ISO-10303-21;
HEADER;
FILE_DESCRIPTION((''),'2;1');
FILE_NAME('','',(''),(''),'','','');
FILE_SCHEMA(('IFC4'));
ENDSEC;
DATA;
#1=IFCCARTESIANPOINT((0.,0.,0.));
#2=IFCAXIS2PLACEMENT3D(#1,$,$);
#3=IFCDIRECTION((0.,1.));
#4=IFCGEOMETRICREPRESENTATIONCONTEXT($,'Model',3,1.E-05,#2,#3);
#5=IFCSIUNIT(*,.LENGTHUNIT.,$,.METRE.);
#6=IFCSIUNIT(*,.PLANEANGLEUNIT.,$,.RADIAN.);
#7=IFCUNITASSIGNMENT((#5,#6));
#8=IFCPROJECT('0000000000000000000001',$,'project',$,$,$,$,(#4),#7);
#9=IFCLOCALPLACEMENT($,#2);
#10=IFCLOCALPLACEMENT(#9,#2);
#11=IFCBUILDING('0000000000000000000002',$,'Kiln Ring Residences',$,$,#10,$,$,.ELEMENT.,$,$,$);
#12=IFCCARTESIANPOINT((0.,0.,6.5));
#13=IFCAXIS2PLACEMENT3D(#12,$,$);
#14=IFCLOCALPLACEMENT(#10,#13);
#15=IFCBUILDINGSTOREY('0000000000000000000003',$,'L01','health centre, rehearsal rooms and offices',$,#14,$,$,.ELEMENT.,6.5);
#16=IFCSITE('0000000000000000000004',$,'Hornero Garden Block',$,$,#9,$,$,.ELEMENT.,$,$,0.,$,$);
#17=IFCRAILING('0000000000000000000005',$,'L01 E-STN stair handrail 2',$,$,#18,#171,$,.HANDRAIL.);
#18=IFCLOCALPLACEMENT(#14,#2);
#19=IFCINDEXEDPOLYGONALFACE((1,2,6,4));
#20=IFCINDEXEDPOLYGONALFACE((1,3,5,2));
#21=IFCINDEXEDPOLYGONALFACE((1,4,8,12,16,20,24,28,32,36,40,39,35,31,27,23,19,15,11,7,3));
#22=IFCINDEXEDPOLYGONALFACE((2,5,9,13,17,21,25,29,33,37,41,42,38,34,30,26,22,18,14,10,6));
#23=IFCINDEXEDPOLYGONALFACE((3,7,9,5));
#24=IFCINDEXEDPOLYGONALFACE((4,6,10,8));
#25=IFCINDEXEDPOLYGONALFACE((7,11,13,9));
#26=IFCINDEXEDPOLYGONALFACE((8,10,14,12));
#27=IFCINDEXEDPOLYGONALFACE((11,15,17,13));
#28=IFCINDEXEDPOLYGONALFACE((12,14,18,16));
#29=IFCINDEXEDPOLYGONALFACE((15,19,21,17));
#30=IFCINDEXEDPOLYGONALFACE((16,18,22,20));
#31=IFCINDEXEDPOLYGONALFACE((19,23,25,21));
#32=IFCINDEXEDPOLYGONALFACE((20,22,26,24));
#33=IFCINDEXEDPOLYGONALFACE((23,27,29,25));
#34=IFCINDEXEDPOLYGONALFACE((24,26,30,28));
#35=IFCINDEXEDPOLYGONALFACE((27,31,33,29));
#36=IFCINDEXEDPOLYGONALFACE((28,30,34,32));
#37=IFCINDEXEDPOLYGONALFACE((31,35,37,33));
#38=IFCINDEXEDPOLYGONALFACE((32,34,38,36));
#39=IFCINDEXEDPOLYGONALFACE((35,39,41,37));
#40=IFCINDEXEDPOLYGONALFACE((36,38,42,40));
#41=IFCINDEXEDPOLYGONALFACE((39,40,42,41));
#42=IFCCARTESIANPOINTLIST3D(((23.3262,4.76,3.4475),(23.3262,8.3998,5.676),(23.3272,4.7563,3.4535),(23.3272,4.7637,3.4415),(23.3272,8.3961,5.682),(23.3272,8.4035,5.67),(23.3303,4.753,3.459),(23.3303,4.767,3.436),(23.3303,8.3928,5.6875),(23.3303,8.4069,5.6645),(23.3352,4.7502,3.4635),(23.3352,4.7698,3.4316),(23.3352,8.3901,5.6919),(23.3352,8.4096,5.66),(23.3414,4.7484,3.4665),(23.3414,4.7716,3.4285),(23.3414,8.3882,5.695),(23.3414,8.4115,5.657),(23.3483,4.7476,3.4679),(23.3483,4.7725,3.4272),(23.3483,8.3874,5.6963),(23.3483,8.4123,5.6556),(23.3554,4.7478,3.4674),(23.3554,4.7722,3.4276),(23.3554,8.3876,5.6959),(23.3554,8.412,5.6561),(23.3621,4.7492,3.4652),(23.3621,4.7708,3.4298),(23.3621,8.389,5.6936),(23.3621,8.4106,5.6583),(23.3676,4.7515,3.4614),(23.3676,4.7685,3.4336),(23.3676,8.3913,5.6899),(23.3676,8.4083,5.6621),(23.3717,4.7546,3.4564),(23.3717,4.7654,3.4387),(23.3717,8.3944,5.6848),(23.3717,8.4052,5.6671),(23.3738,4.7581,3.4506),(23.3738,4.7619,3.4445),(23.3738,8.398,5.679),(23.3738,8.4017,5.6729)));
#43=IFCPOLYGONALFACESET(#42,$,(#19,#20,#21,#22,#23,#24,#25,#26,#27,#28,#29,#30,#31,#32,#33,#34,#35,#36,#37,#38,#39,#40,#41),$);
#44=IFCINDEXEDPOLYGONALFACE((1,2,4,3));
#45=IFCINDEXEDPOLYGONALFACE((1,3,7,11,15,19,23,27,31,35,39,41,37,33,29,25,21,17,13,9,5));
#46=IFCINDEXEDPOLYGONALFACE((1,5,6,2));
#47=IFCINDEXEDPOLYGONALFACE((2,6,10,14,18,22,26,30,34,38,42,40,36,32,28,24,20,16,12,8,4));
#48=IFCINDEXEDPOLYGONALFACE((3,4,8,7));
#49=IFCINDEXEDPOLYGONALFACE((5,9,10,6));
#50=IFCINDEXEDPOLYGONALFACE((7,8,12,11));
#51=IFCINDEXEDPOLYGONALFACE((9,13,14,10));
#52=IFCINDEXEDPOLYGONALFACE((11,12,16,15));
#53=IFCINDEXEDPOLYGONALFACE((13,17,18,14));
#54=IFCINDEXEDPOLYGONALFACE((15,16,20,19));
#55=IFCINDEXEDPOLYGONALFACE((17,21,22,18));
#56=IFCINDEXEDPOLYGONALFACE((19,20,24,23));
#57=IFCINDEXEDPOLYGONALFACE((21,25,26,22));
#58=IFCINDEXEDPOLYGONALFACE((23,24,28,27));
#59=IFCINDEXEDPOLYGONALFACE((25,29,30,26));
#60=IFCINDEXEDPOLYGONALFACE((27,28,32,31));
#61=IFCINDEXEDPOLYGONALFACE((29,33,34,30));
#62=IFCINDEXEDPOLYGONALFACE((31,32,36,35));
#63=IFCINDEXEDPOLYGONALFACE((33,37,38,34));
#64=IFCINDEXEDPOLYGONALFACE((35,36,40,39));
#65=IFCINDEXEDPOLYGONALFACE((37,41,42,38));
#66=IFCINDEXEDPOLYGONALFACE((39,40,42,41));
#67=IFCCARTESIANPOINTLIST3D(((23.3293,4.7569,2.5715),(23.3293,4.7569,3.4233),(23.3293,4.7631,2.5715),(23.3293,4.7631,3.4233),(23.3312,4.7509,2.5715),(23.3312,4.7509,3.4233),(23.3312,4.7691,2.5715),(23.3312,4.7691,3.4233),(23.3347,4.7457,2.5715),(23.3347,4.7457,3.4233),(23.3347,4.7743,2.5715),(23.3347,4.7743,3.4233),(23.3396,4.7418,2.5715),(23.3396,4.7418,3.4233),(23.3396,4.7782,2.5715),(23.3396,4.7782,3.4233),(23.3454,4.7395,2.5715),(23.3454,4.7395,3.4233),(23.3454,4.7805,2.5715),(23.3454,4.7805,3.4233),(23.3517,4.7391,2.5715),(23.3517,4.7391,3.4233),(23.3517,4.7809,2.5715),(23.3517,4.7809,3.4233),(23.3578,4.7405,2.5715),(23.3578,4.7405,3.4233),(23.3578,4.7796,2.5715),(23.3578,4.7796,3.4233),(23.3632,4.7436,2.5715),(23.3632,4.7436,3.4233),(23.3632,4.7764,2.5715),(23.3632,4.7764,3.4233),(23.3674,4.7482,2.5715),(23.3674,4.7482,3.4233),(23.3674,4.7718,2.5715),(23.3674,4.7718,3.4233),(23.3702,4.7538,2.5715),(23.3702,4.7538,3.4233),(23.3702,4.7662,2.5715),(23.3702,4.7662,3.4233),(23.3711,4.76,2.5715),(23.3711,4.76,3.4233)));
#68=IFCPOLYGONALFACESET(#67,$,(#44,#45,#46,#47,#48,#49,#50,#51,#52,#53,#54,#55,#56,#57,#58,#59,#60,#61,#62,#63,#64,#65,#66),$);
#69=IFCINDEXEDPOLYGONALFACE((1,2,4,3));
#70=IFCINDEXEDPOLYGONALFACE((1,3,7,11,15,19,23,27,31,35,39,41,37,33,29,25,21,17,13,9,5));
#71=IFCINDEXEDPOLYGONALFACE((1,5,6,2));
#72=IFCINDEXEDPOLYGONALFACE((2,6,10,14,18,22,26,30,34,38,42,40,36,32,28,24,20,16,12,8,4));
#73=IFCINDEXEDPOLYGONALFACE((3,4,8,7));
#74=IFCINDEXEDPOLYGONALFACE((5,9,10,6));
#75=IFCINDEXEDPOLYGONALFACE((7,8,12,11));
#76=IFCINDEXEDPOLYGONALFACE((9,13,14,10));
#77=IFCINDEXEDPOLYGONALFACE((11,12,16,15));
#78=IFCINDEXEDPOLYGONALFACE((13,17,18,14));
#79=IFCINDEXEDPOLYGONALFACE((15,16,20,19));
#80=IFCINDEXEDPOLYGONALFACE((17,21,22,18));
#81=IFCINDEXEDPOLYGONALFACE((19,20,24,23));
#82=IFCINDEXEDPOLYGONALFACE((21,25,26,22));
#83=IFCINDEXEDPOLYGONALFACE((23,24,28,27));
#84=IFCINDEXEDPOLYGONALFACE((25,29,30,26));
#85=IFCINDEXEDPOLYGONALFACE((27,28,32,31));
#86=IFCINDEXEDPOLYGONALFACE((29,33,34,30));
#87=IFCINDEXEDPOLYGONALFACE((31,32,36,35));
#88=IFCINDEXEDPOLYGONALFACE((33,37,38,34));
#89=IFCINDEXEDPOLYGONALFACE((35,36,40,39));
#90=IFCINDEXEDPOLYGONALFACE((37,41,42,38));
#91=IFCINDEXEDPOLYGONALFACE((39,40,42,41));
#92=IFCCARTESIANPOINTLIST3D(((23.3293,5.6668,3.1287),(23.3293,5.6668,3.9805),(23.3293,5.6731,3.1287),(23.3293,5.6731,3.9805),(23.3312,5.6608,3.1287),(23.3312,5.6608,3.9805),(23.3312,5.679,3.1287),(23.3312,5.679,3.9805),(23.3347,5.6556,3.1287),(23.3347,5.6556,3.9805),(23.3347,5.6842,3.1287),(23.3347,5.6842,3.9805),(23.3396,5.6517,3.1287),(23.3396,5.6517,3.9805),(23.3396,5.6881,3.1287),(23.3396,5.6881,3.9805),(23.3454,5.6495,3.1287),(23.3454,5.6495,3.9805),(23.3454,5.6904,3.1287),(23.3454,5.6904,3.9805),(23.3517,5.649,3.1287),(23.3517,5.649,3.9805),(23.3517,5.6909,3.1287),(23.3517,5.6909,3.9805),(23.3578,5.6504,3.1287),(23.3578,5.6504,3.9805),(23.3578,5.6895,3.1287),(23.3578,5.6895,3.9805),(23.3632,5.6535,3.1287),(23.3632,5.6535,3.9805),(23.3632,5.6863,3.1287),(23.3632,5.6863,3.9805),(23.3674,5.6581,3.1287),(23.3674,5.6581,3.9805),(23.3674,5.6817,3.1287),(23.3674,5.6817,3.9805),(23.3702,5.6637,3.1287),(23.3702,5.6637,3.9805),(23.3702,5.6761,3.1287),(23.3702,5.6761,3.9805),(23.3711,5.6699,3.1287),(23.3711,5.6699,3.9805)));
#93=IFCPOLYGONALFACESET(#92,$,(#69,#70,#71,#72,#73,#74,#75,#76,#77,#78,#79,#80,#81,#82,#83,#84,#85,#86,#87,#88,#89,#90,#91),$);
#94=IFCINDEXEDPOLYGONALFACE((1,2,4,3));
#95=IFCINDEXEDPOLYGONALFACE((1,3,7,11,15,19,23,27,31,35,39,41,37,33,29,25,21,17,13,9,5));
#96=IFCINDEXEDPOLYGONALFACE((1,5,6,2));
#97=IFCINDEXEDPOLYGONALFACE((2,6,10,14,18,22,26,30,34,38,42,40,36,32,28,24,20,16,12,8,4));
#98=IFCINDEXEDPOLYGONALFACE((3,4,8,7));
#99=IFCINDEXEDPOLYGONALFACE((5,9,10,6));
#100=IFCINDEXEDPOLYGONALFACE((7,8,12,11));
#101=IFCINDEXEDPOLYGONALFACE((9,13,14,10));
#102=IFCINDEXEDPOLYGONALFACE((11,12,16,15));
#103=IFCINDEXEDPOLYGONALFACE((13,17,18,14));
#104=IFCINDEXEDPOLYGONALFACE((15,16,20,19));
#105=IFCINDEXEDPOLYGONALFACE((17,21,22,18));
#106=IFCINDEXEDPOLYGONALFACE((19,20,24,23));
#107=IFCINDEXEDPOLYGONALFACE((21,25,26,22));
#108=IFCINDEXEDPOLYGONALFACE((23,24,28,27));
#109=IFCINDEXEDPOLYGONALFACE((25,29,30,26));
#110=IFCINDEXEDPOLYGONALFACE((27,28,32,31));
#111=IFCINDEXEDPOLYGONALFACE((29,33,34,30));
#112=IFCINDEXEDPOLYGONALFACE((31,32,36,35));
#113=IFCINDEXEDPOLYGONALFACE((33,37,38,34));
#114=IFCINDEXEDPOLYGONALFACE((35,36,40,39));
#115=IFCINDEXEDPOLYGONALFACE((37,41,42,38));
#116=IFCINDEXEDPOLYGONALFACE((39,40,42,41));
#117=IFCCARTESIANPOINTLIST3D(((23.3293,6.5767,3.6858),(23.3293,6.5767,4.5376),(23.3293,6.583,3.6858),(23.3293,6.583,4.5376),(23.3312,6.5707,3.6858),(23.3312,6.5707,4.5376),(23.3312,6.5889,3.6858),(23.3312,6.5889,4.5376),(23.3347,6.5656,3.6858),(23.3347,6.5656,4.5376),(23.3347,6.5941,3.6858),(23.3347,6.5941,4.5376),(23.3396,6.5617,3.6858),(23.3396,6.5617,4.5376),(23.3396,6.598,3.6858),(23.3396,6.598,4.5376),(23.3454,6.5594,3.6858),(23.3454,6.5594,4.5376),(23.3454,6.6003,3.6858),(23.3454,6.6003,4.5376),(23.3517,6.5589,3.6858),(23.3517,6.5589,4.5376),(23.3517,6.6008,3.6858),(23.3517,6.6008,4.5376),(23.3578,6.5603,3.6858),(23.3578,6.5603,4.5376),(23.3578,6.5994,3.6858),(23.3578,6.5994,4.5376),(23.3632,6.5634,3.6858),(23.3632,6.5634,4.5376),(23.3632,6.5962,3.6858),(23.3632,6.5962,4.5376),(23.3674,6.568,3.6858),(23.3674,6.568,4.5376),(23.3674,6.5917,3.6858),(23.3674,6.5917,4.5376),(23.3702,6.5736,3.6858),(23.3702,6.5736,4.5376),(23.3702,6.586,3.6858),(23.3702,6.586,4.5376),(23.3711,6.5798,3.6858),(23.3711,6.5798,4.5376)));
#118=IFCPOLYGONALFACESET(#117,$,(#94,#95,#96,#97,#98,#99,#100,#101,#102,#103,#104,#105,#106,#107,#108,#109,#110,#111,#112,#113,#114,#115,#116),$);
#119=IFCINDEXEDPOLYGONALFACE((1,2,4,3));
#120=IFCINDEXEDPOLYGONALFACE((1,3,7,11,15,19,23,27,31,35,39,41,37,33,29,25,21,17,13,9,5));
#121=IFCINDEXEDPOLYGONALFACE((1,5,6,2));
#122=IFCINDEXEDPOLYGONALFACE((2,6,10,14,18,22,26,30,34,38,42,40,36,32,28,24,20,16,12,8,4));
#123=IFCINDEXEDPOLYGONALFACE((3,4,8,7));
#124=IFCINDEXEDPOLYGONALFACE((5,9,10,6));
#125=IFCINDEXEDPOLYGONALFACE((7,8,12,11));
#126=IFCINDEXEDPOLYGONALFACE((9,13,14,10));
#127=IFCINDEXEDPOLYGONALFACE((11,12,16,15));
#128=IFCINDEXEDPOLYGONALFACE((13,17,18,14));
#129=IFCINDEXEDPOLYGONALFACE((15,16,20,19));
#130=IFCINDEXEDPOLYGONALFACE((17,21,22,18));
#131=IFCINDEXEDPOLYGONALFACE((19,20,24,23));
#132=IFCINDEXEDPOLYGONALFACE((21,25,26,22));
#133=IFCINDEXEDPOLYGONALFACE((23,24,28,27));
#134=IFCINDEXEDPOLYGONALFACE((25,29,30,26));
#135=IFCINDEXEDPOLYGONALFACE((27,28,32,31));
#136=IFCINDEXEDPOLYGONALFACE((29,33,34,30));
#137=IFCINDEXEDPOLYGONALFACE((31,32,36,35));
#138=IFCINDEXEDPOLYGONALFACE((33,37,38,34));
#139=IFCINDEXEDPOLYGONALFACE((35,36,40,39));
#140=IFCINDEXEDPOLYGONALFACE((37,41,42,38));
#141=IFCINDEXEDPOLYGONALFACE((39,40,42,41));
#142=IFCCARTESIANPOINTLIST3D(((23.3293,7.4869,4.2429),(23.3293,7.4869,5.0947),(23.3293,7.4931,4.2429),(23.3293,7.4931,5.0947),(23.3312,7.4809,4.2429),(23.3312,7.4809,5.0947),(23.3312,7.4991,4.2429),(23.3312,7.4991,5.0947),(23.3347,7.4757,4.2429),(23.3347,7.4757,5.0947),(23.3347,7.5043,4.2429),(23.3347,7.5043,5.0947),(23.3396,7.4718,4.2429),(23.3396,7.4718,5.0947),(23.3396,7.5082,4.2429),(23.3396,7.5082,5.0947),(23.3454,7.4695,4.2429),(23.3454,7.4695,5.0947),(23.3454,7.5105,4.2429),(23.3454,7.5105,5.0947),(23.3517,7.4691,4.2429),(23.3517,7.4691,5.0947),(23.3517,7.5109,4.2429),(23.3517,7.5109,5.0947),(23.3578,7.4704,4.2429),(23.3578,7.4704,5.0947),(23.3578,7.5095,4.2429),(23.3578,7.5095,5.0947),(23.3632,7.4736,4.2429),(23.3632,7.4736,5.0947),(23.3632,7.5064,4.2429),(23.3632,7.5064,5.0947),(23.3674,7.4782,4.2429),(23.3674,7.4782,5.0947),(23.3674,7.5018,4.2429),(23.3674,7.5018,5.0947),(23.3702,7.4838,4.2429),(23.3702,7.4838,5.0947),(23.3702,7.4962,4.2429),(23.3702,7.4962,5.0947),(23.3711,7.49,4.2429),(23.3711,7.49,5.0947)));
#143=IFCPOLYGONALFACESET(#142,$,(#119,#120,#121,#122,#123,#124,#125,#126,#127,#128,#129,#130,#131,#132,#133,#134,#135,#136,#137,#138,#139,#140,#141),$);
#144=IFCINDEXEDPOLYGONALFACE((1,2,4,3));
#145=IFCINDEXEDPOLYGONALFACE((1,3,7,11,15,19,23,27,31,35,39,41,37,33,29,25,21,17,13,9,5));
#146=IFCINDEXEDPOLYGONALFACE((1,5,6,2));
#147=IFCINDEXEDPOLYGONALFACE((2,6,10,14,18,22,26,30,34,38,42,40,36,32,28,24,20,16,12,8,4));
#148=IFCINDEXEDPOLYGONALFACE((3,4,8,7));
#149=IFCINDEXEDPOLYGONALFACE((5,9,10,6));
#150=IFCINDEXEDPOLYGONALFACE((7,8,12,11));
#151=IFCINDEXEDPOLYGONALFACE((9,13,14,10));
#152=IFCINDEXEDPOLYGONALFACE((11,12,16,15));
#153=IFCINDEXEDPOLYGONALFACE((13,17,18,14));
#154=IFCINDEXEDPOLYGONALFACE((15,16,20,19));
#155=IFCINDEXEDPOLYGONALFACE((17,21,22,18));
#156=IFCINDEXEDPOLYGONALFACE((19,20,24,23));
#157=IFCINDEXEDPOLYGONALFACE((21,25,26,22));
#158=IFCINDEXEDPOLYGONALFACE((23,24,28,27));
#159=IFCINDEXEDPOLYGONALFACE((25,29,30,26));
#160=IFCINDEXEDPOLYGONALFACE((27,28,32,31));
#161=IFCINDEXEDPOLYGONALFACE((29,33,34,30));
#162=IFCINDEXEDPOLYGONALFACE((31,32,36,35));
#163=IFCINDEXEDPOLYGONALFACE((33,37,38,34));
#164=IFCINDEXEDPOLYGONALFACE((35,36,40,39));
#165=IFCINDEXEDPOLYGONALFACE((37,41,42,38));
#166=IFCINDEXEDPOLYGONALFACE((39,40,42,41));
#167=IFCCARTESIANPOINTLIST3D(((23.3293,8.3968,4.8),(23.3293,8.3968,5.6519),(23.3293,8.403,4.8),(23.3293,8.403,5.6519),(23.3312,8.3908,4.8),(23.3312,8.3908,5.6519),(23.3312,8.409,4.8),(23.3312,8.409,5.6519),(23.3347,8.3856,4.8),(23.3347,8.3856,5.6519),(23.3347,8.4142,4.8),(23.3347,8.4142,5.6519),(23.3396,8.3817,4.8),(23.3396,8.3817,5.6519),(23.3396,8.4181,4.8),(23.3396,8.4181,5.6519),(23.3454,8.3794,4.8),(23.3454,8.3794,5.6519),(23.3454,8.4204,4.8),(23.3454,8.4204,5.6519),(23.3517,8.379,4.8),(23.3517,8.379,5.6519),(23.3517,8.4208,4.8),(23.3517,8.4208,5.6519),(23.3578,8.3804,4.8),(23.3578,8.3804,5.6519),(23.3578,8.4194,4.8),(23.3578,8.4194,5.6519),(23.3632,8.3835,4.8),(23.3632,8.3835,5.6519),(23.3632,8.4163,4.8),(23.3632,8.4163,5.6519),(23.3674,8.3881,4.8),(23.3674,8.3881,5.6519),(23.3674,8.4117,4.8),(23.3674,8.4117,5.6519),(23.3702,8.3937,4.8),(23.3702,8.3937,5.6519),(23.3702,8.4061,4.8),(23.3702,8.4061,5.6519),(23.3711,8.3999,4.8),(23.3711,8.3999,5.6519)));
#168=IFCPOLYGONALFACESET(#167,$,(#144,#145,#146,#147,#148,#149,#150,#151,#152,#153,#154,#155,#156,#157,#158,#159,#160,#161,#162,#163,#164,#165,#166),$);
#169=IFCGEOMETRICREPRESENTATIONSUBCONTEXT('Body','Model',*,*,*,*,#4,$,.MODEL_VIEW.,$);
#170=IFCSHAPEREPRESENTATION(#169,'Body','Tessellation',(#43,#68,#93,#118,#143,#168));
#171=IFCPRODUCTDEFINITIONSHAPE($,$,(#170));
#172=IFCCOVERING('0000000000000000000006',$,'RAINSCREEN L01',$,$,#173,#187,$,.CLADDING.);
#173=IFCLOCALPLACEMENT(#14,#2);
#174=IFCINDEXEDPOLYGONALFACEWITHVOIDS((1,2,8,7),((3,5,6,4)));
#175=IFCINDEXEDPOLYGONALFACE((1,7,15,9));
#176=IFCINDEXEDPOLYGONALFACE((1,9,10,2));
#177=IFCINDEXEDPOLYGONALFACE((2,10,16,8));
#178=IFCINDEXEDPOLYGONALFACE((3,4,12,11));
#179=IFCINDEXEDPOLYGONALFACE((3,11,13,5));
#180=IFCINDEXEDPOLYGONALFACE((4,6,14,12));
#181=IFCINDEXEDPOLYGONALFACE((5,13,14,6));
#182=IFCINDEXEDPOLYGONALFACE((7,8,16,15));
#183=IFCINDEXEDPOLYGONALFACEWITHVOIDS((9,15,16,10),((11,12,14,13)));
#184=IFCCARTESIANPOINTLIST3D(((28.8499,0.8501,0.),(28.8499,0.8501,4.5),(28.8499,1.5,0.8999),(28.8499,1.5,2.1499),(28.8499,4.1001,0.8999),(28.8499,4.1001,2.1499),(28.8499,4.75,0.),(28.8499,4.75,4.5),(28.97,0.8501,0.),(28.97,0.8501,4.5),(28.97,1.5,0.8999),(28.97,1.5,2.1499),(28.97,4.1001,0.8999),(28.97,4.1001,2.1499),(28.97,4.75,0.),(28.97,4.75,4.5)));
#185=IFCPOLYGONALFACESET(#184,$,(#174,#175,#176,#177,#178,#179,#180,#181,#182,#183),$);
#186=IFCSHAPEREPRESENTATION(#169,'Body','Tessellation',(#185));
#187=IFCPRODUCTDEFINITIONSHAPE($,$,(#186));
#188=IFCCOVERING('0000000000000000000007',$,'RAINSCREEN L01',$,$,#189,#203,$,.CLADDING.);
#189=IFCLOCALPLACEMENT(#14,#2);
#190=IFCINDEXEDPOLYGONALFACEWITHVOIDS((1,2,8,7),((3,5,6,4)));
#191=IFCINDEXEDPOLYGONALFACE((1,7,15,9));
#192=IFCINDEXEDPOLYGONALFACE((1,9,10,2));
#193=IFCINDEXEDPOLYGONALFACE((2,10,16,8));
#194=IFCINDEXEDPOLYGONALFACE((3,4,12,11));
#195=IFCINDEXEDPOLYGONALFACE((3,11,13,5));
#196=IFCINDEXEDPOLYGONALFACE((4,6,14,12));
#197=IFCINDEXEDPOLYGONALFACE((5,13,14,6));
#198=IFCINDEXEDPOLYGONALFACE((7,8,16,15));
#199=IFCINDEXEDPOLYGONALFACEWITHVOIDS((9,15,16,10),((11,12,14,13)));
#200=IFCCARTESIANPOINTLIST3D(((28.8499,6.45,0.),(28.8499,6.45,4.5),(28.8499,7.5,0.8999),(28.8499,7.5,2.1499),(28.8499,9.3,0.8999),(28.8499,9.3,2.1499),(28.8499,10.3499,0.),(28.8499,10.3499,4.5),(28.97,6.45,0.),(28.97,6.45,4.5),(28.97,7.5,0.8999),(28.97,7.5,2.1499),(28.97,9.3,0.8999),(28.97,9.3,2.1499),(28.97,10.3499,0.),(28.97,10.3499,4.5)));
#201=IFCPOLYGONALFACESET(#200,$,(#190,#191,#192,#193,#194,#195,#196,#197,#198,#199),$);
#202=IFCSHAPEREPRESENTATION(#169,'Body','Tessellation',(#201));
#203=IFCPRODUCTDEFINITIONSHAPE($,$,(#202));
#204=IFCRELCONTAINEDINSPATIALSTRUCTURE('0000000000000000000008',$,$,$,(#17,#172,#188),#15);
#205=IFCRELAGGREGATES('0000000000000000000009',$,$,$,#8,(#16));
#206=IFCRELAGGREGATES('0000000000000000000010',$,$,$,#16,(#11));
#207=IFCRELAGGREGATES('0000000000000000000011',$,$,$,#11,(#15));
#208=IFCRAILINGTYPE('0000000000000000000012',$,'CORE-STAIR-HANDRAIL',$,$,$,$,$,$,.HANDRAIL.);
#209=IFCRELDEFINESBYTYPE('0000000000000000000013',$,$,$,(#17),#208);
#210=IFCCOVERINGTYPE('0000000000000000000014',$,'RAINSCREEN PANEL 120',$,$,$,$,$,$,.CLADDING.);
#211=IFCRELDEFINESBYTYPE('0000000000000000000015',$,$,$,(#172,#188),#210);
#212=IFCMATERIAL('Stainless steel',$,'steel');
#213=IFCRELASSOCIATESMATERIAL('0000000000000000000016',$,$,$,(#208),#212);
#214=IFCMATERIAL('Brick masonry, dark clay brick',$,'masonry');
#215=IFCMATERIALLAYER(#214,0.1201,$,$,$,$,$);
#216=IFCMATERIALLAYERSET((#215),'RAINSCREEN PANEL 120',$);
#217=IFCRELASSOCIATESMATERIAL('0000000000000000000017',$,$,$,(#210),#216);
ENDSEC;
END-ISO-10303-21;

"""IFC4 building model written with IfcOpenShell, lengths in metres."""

from ifc_helpers import new_model, si_unit, direction, frame, origin, origin_2d, place, context, subcontext, project, spatial, polyline, circle, outline, extrude, material, layer, layer_set, type_object, element, save


model = new_model("IFC4")

# Units and contexts
model_context = context("Model", 3, precision=1e-05, world=origin(), true_north=direction((0.0, 1.0)))
body_context = subcontext(model_context, "Body", "Model", "MODEL_VIEW")
ifc_project = project(units=[si_unit("LENGTHUNIT", "METRE"), si_unit("PLANEANGLEUNIT", "RADIAN")], contexts=[model_context])

# Site, building, storey
site_placement = place(None, origin())
site = spatial("IfcSite", under=ifc_project, at=site_placement, Name="Hornero Garden Block", CompositionType="ELEMENT", RefElevation=0.0)
building_placement = place(site_placement, origin())
building = spatial("IfcBuilding", under=site, at=building_placement, Name="Kiln Ring Residences", CompositionType="ELEMENT")
storey_placement = place(building_placement, frame((0.0, 0.0, 6.5)))
storey = spatial("IfcBuildingStorey", under=building, at=storey_placement, Name="L01", Description="health centre, rehearsal rooms and offices", CompositionType="ELEMENT", Elevation=6.5)

# Railing
ifc_material_1 = material(Name="Stainless steel", Category="steel")
railing_type_1 = type_object("IfcRailingType", Name="CORE-STAIR-HANDRAIL", PredefinedType="HANDRAIL", material=ifc_material_1)
railing_1_placement = place(storey_placement, frame((23.3501, 4.76, 2.5715)))
element("IfcRailing", 1, at=railing_1_placement, inside=storey, type_object=railing_type_1, Name="L01 E-STN stair handrail 2", PredefinedType="HANDRAIL", context=body_context, shape_type="SweptSolid", body=[
    extrude(circle(Radius=0.0239, at=origin_2d()), frame((0.0, 0.0, 0.876), z_axis=(0.0, 0.85285, 0.522156), x_axis=(-1.0, 0.0, 0.0)), (0.0, 0.0, 1.0), 4.2678),
    extrude(circle(Radius=0.021, at=origin_2d()), origin(), (0.0, 0.0, 1.0), 0.8518),
    extrude(circle(Radius=0.021, at=origin_2d()), frame((0.0, 0.9099, 0.5571)), (0.0, 0.0, 1.0), 0.8518),
    extrude(circle(Radius=0.021, at=origin_2d()), frame((0.0, 1.8198, 1.1143)), (0.0, 0.0, 1.0), 0.8518),
    extrude(circle(Radius=0.021, at=origin_2d()), frame((0.0, 2.73, 1.6714)), (0.0, 0.0, 1.0), 0.8518),
    extrude(circle(Radius=0.021, at=origin_2d()), frame((0.0, 3.6399, 2.2285)), (0.0, 0.0, 1.0), 0.8518),
])

# Coverings
ifc_material_2 = material(Name="Brick masonry, dark clay brick", Category="masonry")
ifc_layer_1 = layer(ifc_material_2, 0.1201)
ifc_layer_set_1 = layer_set([ifc_layer_1], Name="RAINSCREEN PANEL 120")
covering_type = type_object("IfcCoveringType", Name="RAINSCREEN PANEL 120", PredefinedType="CLADDING", material=ifc_layer_set_1)
covering_1_placement = place(storey_placement, frame((28.9099, 0.8501, 0.0), z_axis=(0.0, 0.0, 1.0), x_axis=(0.0, 1.0, 0.0)))
element("IfcCovering", 2, at=covering_1_placement, inside=storey, type_object=covering_type, Name="RAINSCREEN L01", PredefinedType="CLADDING", context=body_context, shape_type="SweptSolid", body=[
    extrude(outline(polyline([(0.0, 0.0), (3.8999, 0.0), (3.8999, 4.5), (0.0, 4.5), (0.0, 0.0)]), holes=[polyline([(0.6499, 2.1499), (0.6499, 0.8999), (3.25, 0.8999), (3.25, 2.1499), (0.6499, 2.1499)])]), frame((0.0, 0.0601, 0.0), z_axis=(0.0, -1.0, 0.0), x_axis=(1.0, 0.0, 0.0)), (0.0, 0.0, 1.0), 0.1201),
])
covering_2_placement = place(storey_placement, frame((28.9099, 6.45, 0.0), z_axis=(0.0, 0.0, 1.0), x_axis=(0.0, 1.0, 0.0)))
element("IfcCovering", 3, at=covering_2_placement, inside=storey, type_object=covering_type, Name="RAINSCREEN L01", PredefinedType="CLADDING", context=body_context, shape_type="SweptSolid", body=[
    extrude(outline(polyline([(0.0, 0.0), (3.8999, 0.0), (3.8999, 4.5), (0.0, 4.5), (0.0, 0.0)]), holes=[polyline([(1.05, 2.1499), (1.05, 0.8999), (2.8501, 0.8999), (2.8501, 2.1499), (1.05, 2.1499)])]), frame((0.0, 0.0601, 0.0), z_axis=(0.0, -1.0, 0.0), x_axis=(1.0, 0.0, 0.0)), (0.0, 0.0, 1.0), 0.1201),
])

save(model, "model.ifc")
